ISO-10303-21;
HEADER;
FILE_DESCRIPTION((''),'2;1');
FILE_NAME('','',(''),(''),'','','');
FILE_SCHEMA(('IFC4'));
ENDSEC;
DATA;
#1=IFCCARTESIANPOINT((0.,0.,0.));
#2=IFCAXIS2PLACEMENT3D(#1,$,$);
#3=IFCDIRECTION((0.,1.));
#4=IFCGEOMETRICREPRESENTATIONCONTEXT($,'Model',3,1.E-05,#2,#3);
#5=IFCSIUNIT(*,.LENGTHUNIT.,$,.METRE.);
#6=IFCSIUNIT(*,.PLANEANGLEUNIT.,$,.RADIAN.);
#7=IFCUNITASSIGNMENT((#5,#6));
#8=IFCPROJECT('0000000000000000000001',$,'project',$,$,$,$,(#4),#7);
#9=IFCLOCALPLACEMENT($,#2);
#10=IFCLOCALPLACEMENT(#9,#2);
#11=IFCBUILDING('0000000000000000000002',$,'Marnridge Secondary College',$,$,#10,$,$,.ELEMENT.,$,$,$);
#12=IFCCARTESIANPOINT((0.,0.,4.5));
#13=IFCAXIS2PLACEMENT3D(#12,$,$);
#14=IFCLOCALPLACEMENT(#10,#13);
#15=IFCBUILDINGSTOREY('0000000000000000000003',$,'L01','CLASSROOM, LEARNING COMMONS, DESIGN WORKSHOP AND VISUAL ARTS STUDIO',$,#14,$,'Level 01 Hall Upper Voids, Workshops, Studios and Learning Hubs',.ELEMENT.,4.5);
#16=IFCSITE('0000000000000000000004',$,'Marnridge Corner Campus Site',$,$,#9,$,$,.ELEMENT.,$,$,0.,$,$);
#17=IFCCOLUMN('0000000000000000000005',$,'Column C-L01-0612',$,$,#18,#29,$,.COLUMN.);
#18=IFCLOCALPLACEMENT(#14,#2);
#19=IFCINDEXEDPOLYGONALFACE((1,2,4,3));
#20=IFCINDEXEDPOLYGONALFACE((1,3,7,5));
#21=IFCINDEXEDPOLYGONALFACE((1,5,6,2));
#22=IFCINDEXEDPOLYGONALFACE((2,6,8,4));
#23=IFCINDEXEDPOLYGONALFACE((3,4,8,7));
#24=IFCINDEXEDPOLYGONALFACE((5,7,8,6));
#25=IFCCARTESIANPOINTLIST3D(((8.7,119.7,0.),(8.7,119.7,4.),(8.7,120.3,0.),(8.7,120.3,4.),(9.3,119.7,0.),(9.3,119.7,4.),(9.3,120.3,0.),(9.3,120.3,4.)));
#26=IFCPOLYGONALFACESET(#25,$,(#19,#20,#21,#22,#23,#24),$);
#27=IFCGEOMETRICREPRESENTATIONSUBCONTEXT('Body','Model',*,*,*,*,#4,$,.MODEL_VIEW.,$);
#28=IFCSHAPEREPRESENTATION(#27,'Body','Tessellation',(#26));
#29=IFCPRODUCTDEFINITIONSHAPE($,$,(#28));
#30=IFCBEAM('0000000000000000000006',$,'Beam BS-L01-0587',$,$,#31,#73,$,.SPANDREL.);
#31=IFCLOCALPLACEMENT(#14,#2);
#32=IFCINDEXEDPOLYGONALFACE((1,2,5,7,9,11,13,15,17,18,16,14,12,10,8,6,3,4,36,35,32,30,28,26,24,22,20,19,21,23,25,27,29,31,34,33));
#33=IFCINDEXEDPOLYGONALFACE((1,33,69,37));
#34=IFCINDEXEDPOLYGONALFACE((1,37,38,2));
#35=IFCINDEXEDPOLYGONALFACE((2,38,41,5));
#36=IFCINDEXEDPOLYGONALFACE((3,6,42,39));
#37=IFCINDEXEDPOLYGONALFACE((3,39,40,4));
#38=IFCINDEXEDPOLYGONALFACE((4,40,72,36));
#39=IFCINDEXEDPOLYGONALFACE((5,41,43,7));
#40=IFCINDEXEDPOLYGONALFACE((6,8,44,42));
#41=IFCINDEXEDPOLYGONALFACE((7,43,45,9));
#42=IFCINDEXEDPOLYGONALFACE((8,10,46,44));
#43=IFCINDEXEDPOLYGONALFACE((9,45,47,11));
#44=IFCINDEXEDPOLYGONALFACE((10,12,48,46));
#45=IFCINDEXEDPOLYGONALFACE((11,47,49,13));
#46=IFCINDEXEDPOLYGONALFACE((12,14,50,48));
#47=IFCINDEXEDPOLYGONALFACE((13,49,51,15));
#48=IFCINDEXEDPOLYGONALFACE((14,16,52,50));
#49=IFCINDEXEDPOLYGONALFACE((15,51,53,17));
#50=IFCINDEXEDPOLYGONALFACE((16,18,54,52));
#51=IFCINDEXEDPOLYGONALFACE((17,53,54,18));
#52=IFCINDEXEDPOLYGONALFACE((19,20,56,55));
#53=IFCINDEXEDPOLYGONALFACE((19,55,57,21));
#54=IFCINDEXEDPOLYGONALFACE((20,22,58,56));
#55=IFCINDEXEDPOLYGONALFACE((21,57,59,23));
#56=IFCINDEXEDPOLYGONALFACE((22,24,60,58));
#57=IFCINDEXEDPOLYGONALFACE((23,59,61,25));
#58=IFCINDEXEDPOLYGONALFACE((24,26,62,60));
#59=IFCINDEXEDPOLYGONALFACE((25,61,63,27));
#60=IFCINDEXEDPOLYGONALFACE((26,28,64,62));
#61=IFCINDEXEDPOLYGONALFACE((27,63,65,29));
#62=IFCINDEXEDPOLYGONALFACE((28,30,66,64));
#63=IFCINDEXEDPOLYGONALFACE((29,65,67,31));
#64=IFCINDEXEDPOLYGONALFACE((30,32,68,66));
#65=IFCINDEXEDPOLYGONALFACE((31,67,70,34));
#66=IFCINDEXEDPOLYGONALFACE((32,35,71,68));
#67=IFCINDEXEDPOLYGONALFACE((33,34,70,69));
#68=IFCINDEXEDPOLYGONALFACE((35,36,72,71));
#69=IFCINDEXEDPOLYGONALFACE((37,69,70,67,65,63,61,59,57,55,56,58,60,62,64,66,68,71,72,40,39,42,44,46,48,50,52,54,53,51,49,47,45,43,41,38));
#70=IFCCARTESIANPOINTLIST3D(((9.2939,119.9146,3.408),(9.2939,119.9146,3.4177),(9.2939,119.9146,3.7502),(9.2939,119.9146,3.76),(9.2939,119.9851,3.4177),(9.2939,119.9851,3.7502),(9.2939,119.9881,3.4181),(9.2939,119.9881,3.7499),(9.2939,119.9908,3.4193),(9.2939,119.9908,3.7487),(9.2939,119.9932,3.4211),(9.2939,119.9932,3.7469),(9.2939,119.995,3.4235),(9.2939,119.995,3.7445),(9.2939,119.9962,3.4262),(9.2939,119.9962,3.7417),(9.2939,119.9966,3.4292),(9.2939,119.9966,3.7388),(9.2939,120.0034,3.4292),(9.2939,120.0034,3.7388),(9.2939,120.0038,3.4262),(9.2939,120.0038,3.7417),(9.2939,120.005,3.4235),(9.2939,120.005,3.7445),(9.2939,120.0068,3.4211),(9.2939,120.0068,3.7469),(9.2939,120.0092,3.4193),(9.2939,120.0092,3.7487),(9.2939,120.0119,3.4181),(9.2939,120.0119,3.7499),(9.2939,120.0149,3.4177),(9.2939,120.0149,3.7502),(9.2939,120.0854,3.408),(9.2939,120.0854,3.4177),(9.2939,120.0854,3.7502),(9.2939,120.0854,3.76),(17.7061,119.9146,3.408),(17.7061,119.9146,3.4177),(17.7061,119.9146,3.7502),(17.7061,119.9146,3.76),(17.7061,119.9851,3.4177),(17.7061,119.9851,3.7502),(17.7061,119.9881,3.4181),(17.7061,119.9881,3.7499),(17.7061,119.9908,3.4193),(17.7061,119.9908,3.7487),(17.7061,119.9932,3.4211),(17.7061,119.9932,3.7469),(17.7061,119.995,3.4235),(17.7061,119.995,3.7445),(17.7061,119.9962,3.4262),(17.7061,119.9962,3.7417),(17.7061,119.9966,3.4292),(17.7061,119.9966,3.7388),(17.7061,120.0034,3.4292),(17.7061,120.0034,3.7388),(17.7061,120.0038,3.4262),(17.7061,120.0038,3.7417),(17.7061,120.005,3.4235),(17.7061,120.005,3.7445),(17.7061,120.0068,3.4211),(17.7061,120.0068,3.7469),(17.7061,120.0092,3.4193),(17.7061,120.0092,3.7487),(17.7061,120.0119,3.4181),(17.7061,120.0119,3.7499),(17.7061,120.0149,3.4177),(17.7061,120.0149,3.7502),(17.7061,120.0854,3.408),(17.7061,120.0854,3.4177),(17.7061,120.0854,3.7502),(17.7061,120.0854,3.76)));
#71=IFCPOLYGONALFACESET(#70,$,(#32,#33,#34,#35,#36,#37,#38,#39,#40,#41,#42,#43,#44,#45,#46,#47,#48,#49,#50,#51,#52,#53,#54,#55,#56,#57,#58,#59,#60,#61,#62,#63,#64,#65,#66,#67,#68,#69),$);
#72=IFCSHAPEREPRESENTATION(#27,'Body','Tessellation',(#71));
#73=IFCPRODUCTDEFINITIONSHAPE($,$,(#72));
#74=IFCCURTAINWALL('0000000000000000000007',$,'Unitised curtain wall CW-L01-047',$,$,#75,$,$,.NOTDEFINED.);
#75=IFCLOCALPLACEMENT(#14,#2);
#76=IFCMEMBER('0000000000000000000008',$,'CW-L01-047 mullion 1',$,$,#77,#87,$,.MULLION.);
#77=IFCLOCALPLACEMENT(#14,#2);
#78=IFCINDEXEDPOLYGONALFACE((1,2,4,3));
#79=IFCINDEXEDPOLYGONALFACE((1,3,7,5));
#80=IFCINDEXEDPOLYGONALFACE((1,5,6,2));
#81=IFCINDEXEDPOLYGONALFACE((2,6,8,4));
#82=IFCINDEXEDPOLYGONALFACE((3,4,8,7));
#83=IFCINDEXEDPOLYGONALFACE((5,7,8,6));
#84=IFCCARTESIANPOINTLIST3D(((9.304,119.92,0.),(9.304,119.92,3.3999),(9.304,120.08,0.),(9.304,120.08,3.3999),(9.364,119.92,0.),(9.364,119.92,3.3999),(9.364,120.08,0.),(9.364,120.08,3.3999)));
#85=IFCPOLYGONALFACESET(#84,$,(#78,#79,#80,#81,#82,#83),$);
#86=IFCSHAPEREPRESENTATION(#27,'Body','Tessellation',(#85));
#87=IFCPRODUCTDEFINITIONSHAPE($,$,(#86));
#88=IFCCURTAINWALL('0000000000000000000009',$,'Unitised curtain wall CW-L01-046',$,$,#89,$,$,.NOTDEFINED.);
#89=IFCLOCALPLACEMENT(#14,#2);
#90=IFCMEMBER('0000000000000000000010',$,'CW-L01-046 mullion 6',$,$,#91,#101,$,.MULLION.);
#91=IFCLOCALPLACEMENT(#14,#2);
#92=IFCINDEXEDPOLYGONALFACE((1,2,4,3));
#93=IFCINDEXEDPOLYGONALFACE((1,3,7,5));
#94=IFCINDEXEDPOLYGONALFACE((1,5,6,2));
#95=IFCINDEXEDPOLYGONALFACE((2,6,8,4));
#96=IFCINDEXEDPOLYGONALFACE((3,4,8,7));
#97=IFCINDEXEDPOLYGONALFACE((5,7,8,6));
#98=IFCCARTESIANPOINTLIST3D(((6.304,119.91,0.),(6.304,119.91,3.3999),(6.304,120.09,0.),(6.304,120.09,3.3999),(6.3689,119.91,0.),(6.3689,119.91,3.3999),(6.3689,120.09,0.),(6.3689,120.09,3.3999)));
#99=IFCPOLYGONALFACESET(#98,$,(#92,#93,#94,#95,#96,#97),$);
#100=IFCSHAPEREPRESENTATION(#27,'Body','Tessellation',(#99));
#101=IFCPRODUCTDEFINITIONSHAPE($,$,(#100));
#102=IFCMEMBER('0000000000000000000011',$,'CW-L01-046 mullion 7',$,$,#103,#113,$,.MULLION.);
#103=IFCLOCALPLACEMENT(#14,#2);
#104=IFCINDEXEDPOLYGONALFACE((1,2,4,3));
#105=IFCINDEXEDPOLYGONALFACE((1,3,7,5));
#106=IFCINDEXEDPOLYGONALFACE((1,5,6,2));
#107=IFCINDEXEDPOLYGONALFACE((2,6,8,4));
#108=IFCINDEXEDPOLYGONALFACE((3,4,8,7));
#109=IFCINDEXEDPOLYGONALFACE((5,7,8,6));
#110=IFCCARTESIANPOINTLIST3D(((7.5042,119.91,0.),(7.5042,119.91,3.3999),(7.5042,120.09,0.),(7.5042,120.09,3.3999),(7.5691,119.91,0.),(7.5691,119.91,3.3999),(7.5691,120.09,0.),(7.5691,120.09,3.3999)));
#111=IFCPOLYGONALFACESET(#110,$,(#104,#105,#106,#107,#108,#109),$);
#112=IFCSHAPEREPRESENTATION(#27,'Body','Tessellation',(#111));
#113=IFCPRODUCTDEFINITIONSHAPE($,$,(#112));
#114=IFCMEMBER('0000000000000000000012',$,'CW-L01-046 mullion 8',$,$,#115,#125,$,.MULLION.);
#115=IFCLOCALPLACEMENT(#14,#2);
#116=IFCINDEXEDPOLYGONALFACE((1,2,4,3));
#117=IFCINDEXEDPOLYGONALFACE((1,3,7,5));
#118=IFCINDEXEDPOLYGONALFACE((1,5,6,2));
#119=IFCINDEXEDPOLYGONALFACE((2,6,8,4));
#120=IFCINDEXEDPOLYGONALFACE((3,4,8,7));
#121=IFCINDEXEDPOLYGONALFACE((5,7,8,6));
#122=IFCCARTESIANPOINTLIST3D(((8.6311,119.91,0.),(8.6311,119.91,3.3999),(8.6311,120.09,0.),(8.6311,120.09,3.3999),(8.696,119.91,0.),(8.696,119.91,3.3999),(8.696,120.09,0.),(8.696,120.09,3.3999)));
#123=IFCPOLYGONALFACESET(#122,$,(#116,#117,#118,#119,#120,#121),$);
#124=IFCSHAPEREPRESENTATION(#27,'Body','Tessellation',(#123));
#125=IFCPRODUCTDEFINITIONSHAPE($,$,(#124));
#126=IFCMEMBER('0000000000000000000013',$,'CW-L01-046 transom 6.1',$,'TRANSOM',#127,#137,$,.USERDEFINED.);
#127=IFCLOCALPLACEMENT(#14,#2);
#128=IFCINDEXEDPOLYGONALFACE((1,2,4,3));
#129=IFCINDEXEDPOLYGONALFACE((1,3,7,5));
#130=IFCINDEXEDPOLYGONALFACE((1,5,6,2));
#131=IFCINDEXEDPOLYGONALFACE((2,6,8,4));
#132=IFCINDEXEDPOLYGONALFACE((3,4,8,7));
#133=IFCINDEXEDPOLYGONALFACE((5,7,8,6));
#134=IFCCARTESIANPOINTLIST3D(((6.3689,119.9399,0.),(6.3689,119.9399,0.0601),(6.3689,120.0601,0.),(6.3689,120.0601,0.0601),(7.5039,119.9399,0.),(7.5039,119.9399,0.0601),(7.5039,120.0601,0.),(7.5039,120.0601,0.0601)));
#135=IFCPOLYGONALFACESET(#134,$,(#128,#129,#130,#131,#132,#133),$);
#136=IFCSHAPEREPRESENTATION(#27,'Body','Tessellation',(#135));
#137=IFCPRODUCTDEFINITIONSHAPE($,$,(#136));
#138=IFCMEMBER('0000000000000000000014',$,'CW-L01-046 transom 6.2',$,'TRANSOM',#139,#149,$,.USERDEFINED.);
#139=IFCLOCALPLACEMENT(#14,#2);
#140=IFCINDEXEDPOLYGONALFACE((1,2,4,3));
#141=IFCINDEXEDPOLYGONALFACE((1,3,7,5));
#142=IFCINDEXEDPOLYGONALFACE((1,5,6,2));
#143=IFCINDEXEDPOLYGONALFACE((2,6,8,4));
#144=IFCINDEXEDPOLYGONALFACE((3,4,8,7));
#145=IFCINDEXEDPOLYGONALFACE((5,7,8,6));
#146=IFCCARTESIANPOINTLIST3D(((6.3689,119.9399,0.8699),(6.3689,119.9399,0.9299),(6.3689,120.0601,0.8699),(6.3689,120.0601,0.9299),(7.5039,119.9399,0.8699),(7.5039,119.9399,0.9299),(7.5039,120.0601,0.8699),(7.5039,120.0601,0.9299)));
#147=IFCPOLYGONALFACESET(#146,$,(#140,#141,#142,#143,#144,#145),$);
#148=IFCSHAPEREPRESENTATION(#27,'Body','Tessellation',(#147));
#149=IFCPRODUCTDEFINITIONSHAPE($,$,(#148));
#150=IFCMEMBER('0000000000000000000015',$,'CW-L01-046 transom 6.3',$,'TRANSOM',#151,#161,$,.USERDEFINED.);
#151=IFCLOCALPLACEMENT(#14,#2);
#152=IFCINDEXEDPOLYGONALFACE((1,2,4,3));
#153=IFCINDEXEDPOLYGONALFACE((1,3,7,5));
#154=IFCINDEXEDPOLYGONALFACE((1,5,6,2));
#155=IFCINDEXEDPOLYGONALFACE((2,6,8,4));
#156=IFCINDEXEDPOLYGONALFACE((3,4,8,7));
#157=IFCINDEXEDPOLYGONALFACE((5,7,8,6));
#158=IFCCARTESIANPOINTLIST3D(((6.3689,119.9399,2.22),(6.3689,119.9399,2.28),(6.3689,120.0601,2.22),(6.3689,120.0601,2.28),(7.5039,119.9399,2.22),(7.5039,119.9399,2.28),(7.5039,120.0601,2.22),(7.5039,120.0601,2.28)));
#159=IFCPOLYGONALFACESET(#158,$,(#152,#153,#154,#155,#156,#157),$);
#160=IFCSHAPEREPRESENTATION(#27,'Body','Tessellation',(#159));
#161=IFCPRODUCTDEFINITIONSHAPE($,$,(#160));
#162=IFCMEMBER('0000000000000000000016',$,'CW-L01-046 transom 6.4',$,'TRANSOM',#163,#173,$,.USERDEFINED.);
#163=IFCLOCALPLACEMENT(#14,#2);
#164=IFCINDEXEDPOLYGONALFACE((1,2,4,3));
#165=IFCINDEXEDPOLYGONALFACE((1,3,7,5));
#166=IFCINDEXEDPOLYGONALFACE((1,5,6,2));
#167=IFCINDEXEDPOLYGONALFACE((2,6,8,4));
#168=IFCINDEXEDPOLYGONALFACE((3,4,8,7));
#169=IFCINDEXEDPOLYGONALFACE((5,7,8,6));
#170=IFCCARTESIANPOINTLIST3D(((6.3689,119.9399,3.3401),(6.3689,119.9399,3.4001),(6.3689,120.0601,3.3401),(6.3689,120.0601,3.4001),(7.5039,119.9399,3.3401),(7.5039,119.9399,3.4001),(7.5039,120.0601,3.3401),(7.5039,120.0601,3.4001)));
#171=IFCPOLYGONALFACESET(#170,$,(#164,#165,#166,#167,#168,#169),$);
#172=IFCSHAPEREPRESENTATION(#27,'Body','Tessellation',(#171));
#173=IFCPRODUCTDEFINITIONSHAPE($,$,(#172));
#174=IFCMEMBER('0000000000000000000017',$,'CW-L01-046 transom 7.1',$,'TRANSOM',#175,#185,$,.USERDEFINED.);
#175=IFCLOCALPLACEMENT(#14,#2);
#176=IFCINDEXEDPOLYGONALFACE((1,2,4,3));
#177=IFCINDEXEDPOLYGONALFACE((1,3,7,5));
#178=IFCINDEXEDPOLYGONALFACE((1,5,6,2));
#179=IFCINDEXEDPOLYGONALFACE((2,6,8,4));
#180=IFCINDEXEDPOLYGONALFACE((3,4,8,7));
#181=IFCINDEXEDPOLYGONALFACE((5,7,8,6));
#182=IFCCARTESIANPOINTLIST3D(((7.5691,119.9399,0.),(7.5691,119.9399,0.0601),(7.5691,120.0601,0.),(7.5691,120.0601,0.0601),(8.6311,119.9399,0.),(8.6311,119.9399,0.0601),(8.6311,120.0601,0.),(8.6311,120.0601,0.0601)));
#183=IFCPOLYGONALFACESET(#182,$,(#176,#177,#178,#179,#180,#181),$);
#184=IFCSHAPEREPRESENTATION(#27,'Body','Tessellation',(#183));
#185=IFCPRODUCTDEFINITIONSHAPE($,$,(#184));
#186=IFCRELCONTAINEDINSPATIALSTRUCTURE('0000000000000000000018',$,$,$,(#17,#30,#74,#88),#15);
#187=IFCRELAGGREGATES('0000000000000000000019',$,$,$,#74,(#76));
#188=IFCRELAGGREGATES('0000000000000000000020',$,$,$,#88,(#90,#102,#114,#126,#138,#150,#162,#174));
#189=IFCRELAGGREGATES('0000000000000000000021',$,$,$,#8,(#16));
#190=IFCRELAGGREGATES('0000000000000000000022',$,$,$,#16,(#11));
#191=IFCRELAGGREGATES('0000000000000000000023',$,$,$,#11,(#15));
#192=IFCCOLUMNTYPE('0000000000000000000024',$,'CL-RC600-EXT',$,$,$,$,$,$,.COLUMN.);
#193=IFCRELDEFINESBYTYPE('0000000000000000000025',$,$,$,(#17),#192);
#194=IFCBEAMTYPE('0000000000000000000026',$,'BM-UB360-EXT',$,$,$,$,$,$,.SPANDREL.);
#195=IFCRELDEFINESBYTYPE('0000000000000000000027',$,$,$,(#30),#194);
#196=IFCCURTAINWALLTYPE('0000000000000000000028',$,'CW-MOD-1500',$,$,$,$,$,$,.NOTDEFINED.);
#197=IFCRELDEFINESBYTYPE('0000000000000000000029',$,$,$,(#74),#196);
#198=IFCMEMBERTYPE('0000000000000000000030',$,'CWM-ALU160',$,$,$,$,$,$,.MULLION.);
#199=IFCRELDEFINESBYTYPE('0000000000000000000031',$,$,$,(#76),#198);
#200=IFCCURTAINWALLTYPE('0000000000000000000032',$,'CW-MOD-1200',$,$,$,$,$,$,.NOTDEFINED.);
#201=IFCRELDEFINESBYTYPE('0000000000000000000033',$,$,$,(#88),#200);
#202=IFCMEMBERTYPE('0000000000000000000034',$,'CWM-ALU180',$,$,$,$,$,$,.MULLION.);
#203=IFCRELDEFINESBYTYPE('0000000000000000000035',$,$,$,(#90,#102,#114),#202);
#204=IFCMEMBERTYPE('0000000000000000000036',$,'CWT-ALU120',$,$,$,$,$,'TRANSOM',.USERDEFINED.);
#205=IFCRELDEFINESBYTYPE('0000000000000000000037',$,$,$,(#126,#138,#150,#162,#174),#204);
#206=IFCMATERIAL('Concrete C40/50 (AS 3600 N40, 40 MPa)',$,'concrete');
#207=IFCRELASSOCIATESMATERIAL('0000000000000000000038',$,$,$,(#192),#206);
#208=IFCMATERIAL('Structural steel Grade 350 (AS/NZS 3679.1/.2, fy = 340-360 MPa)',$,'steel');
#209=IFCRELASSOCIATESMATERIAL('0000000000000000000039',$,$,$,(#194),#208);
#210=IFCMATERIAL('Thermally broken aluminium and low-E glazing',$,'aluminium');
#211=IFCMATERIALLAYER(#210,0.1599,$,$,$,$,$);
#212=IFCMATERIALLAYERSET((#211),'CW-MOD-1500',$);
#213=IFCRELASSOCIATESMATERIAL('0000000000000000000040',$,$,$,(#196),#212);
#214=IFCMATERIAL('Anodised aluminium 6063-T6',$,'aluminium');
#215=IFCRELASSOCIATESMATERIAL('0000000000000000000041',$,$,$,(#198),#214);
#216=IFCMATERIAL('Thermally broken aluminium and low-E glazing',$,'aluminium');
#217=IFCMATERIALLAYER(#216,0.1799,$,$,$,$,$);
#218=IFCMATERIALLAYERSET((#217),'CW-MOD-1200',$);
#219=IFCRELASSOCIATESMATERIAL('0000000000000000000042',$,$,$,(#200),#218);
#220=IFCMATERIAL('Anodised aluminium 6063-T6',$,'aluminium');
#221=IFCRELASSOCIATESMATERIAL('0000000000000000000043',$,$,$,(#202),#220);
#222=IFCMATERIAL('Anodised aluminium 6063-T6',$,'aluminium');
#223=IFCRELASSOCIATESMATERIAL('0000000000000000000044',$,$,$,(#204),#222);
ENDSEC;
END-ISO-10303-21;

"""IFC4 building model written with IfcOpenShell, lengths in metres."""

from ifc_helpers import new_model, si_unit, direction, frame, origin, origin_2d, place, context, subcontext, project, spatial, rectangle, i_section, extrude, material, layer, layer_set, material_profile, profile_set, type_object, element, aggregate, save


model = new_model("IFC4")

# Units and contexts
model_context = context("Model", 3, precision=1e-05, world=origin(), true_north=direction((0.0, 1.0)))
body_context = subcontext(model_context, "Body", "Model", "MODEL_VIEW")
ifc_project = project(units=[si_unit("LENGTHUNIT", "METRE"), si_unit("PLANEANGLEUNIT", "RADIAN")], contexts=[model_context])

# Site, building, storey
site_placement = place(None, origin())
site = spatial("IfcSite", under=ifc_project, at=site_placement, Name="Marnridge Corner Campus Site", CompositionType="ELEMENT", RefElevation=0.0)
building_placement = place(site_placement, origin())
building = spatial("IfcBuilding", under=site, at=building_placement, Name="Marnridge Secondary College", CompositionType="ELEMENT")
storey_placement = place(building_placement, frame((0.0, 0.0, 4.5)))
storey = spatial("IfcBuildingStorey", under=building, at=storey_placement, Name="L01", Description="CLASSROOM, LEARNING COMMONS, DESIGN WORKSHOP AND VISUAL ARTS STUDIO", LongName="Level 01 Hall Upper Voids, Workshops, Studios and Learning Hubs", CompositionType="ELEMENT", Elevation=4.5)

# Column
ifc_material_1 = material(Name="Concrete C40/50 (AS 3600 N40, 40 MPa)", Category="concrete")
ifc_material_profile_1 = material_profile(ifc_material_1, rectangle(XDim=0.6001, YDim=0.6001, at=origin_2d()), Name="RC 600x600")
ifc_profile_set_1 = profile_set([ifc_material_profile_1], Name="Concrete C40/50 (AS 3600 N40, 40 MPa)")
column_type = type_object("IfcColumnType", Name="CL-RC600-EXT", PredefinedType="COLUMN", material=ifc_profile_set_1)
column_placement = place(storey_placement, frame((9.0, 120.0, 0.0), z_axis=(0.0, 0.0, 1.0), x_axis=(1.0, 0.0, 0.0)))
element("IfcColumn", 1, at=column_placement, inside=storey, type_object=column_type, Name="Column C-L01-0612", PredefinedType="COLUMN", context=body_context, shape_type="SweptSolid", body=[
    extrude(rectangle(XDim=0.6001, YDim=0.6001, at=origin_2d()), origin(), (0.0, 0.0, 1.0), 4.0),
])

# Beam
ifc_material_2 = material(Name="Structural steel Grade 350 (AS/NZS 3679.1/.2, fy = 340-360 MPa)", Category="steel")
ifc_material_profile_2 = material_profile(ifc_material_2, i_section(OverallWidth=0.1709, OverallDepth=0.3521, WebThickness=0.0068, FlangeThickness=0.0098, FilletRadius=0.0115, at=origin_2d()), Name="360UB44.7")
ifc_profile_set_2 = profile_set([ifc_material_profile_2], Name="Structural steel Grade 350 (AS/NZS 3679.1/.2, fy = 340-360 MPa)")
beam_type = type_object("IfcBeamType", Name="BM-UB360-EXT", PredefinedType="SPANDREL", material=ifc_profile_set_2)
beam_placement = place(storey_placement, frame((9.2939, 120.0, 3.584), z_axis=(1.0, 0.0, 0.0), x_axis=(0.0, 1.0, 0.0)))
element("IfcBeam", 2, at=beam_placement, inside=storey, type_object=beam_type, Name="Beam BS-L01-0587", PredefinedType="SPANDREL", context=body_context, shape_type="SweptSolid", body=[
    extrude(i_section(OverallWidth=0.1709, OverallDepth=0.3521, WebThickness=0.0068, FlangeThickness=0.0098, FilletRadius=0.0115, at=origin_2d()), origin(), (0.0, 0.0, 1.0), 8.4121),
])

# Curtain wall, member
ifc_material_3 = material(Name="Thermally broken aluminium and low-E glazing", Category="aluminium")
ifc_layer_1 = layer(ifc_material_3, 0.1599)
ifc_layer_set_1 = layer_set([ifc_layer_1], Name="CW-MOD-1500")
curtain_wall_type_1 = type_object("IfcCurtainWallType", Name="CW-MOD-1500", PredefinedType="NOTDEFINED", material=ifc_layer_set_1)
curtain_wall_1_placement = place(storey_placement, origin())
curtain_wall_1 = element("IfcCurtainWall", 3, at=curtain_wall_1_placement, inside=storey, type_object=curtain_wall_type_1, Name="Unitised curtain wall CW-L01-047", PredefinedType="NOTDEFINED")
ifc_material_4 = material(Name="Anodised aluminium 6063-T6", Category="aluminium")
ifc_material_profile_3 = material_profile(ifc_material_4, rectangle(XDim=0.0601, YDim=0.1599, at=origin_2d()), Name="ALU 60x160")
ifc_profile_set_3 = profile_set([ifc_material_profile_3], Name="Anodised aluminium 6063-T6")
member_type_1 = type_object("IfcMemberType", Name="CWM-ALU160", PredefinedType="MULLION", material=ifc_profile_set_3)
member_1_placement = place(storey_placement, frame((9.334, 120.0, 0.0), z_axis=(0.0, 0.0, 1.0), x_axis=(1.0, 0.0, 0.0)))
member_1 = element("IfcMember", 4, at=member_1_placement, type_object=member_type_1, Name="CW-L01-047 mullion 1", PredefinedType="MULLION", context=body_context, shape_type="SweptSolid", body=[
    extrude(rectangle(XDim=0.0601, YDim=0.1599, at=origin_2d()), origin(), (0.0, 0.0, 1.0), 3.3999),
])
aggregate(curtain_wall_1, [member_1])

# Curtain wall, members
ifc_material_5 = material(Name="Thermally broken aluminium and low-E glazing", Category="aluminium")
ifc_layer_2 = layer(ifc_material_5, 0.1799)
ifc_layer_set_2 = layer_set([ifc_layer_2], Name="CW-MOD-1200")
curtain_wall_type_2 = type_object("IfcCurtainWallType", Name="CW-MOD-1200", PredefinedType="NOTDEFINED", material=ifc_layer_set_2)
curtain_wall_2_placement = place(storey_placement, origin())
curtain_wall_2 = element("IfcCurtainWall", 5, at=curtain_wall_2_placement, inside=storey, type_object=curtain_wall_type_2, Name="Unitised curtain wall CW-L01-046", PredefinedType="NOTDEFINED")
ifc_material_6 = material(Name="Anodised aluminium 6063-T6", Category="aluminium")
ifc_material_profile_4 = material_profile(ifc_material_6, rectangle(XDim=0.0649, YDim=0.1799, at=origin_2d()), Name="ALU 65x180")
ifc_profile_set_4 = profile_set([ifc_material_profile_4], Name="Anodised aluminium 6063-T6")
member_type_2 = type_object("IfcMemberType", Name="CWM-ALU180", PredefinedType="MULLION", material=ifc_profile_set_4)
member_2_placement = place(storey_placement, frame((6.3364, 120.0, 0.0), z_axis=(0.0, 0.0, 1.0), x_axis=(1.0, 0.0, 0.0)))
member_2 = element("IfcMember", 6, at=member_2_placement, type_object=member_type_2, Name="CW-L01-046 mullion 6", PredefinedType="MULLION", context=body_context, shape_type="SweptSolid", body=[
    extrude(rectangle(XDim=0.0649, YDim=0.1799, at=origin_2d()), origin(), (0.0, 0.0, 1.0), 3.3999),
])
member_3_placement = place(storey_placement, frame((7.5366, 120.0, 0.0), z_axis=(0.0, 0.0, 1.0), x_axis=(1.0, 0.0, 0.0)))
member_3 = element("IfcMember", 7, at=member_3_placement, type_object=member_type_2, Name="CW-L01-046 mullion 7", PredefinedType="MULLION", context=body_context, shape_type="SweptSolid", body=[
    extrude(rectangle(XDim=0.0649, YDim=0.1799, at=origin_2d()), origin(), (0.0, 0.0, 1.0), 3.3999),
])
member_4_placement = place(storey_placement, frame((8.6636, 120.0, 0.0), z_axis=(0.0, 0.0, 1.0), x_axis=(1.0, 0.0, 0.0)))
member_4 = element("IfcMember", 8, at=member_4_placement, type_object=member_type_2, Name="CW-L01-046 mullion 8", PredefinedType="MULLION", context=body_context, shape_type="SweptSolid", body=[
    extrude(rectangle(XDim=0.0649, YDim=0.1799, at=origin_2d()), origin(), (0.0, 0.0, 1.0), 3.3999),
])
ifc_material_7 = material(Name="Anodised aluminium 6063-T6", Category="aluminium")
ifc_material_profile_5 = material_profile(ifc_material_7, rectangle(XDim=0.0601, YDim=0.1201, at=origin_2d()), Name="ALU 60x120")
ifc_profile_set_5 = profile_set([ifc_material_profile_5], Name="Anodised aluminium 6063-T6")
member_type_3 = type_object("IfcMemberType", Name="CWT-ALU120", ElementType="TRANSOM", PredefinedType="USERDEFINED", material=ifc_profile_set_5)
member_5_placement = place(storey_placement, frame((6.3689, 120.0, 0.03), z_axis=(1.0, 0.0, 0.0), x_axis=(0.0, 0.0, 1.0)))
member_5 = element("IfcMember", 9, at=member_5_placement, type_object=member_type_3, Name="CW-L01-046 transom 6.1", ObjectType="TRANSOM", PredefinedType="USERDEFINED", context=body_context, shape_type="SweptSolid", body=[
    extrude(rectangle(XDim=0.0601, YDim=0.1201, at=origin_2d()), origin(), (0.0, 0.0, 1.0), 1.135),
])
member_6_placement = place(storey_placement, frame((6.3689, 120.0, 0.8999), z_axis=(1.0, 0.0, 0.0), x_axis=(0.0, 0.0, 1.0)))
member_6 = element("IfcMember", 10, at=member_6_placement, type_object=member_type_3, Name="CW-L01-046 transom 6.2", ObjectType="TRANSOM", PredefinedType="USERDEFINED", context=body_context, shape_type="SweptSolid", body=[
    extrude(rectangle(XDim=0.0601, YDim=0.1201, at=origin_2d()), origin(), (0.0, 0.0, 1.0), 1.135),
])
member_7_placement = place(storey_placement, frame((6.3689, 120.0, 2.25), z_axis=(1.0, 0.0, 0.0), x_axis=(0.0, 0.0, 1.0)))
member_7 = element("IfcMember", 11, at=member_7_placement, type_object=member_type_3, Name="CW-L01-046 transom 6.3", ObjectType="TRANSOM", PredefinedType="USERDEFINED", context=body_context, shape_type="SweptSolid", body=[
    extrude(rectangle(XDim=0.0601, YDim=0.1201, at=origin_2d()), origin(), (0.0, 0.0, 1.0), 1.135),
])
member_8_placement = place(storey_placement, frame((6.3689, 120.0, 3.3701), z_axis=(1.0, 0.0, 0.0), x_axis=(0.0, 0.0, 1.0)))
member_8 = element("IfcMember", 12, at=member_8_placement, type_object=member_type_3, Name="CW-L01-046 transom 6.4", ObjectType="TRANSOM", PredefinedType="USERDEFINED", context=body_context, shape_type="SweptSolid", body=[
    extrude(rectangle(XDim=0.0601, YDim=0.1201, at=origin_2d()), origin(), (0.0, 0.0, 1.0), 1.135),
])
member_9_placement = place(storey_placement, frame((7.5691, 120.0, 0.03), z_axis=(1.0, 0.0, 0.0), x_axis=(0.0, 0.0, 1.0)))
member_9 = element("IfcMember", 13, at=member_9_placement, type_object=member_type_3, Name="CW-L01-046 transom 7.1", ObjectType="TRANSOM", PredefinedType="USERDEFINED", context=body_context, shape_type="SweptSolid", body=[
    extrude(rectangle(XDim=0.0601, YDim=0.1201, at=origin_2d()), origin(), (0.0, 0.0, 1.0), 1.062),
])
aggregate(curtain_wall_2, [member_2, member_3, member_4, member_5, member_6, member_7, member_8, member_9])

save(model, "model.ifc")
